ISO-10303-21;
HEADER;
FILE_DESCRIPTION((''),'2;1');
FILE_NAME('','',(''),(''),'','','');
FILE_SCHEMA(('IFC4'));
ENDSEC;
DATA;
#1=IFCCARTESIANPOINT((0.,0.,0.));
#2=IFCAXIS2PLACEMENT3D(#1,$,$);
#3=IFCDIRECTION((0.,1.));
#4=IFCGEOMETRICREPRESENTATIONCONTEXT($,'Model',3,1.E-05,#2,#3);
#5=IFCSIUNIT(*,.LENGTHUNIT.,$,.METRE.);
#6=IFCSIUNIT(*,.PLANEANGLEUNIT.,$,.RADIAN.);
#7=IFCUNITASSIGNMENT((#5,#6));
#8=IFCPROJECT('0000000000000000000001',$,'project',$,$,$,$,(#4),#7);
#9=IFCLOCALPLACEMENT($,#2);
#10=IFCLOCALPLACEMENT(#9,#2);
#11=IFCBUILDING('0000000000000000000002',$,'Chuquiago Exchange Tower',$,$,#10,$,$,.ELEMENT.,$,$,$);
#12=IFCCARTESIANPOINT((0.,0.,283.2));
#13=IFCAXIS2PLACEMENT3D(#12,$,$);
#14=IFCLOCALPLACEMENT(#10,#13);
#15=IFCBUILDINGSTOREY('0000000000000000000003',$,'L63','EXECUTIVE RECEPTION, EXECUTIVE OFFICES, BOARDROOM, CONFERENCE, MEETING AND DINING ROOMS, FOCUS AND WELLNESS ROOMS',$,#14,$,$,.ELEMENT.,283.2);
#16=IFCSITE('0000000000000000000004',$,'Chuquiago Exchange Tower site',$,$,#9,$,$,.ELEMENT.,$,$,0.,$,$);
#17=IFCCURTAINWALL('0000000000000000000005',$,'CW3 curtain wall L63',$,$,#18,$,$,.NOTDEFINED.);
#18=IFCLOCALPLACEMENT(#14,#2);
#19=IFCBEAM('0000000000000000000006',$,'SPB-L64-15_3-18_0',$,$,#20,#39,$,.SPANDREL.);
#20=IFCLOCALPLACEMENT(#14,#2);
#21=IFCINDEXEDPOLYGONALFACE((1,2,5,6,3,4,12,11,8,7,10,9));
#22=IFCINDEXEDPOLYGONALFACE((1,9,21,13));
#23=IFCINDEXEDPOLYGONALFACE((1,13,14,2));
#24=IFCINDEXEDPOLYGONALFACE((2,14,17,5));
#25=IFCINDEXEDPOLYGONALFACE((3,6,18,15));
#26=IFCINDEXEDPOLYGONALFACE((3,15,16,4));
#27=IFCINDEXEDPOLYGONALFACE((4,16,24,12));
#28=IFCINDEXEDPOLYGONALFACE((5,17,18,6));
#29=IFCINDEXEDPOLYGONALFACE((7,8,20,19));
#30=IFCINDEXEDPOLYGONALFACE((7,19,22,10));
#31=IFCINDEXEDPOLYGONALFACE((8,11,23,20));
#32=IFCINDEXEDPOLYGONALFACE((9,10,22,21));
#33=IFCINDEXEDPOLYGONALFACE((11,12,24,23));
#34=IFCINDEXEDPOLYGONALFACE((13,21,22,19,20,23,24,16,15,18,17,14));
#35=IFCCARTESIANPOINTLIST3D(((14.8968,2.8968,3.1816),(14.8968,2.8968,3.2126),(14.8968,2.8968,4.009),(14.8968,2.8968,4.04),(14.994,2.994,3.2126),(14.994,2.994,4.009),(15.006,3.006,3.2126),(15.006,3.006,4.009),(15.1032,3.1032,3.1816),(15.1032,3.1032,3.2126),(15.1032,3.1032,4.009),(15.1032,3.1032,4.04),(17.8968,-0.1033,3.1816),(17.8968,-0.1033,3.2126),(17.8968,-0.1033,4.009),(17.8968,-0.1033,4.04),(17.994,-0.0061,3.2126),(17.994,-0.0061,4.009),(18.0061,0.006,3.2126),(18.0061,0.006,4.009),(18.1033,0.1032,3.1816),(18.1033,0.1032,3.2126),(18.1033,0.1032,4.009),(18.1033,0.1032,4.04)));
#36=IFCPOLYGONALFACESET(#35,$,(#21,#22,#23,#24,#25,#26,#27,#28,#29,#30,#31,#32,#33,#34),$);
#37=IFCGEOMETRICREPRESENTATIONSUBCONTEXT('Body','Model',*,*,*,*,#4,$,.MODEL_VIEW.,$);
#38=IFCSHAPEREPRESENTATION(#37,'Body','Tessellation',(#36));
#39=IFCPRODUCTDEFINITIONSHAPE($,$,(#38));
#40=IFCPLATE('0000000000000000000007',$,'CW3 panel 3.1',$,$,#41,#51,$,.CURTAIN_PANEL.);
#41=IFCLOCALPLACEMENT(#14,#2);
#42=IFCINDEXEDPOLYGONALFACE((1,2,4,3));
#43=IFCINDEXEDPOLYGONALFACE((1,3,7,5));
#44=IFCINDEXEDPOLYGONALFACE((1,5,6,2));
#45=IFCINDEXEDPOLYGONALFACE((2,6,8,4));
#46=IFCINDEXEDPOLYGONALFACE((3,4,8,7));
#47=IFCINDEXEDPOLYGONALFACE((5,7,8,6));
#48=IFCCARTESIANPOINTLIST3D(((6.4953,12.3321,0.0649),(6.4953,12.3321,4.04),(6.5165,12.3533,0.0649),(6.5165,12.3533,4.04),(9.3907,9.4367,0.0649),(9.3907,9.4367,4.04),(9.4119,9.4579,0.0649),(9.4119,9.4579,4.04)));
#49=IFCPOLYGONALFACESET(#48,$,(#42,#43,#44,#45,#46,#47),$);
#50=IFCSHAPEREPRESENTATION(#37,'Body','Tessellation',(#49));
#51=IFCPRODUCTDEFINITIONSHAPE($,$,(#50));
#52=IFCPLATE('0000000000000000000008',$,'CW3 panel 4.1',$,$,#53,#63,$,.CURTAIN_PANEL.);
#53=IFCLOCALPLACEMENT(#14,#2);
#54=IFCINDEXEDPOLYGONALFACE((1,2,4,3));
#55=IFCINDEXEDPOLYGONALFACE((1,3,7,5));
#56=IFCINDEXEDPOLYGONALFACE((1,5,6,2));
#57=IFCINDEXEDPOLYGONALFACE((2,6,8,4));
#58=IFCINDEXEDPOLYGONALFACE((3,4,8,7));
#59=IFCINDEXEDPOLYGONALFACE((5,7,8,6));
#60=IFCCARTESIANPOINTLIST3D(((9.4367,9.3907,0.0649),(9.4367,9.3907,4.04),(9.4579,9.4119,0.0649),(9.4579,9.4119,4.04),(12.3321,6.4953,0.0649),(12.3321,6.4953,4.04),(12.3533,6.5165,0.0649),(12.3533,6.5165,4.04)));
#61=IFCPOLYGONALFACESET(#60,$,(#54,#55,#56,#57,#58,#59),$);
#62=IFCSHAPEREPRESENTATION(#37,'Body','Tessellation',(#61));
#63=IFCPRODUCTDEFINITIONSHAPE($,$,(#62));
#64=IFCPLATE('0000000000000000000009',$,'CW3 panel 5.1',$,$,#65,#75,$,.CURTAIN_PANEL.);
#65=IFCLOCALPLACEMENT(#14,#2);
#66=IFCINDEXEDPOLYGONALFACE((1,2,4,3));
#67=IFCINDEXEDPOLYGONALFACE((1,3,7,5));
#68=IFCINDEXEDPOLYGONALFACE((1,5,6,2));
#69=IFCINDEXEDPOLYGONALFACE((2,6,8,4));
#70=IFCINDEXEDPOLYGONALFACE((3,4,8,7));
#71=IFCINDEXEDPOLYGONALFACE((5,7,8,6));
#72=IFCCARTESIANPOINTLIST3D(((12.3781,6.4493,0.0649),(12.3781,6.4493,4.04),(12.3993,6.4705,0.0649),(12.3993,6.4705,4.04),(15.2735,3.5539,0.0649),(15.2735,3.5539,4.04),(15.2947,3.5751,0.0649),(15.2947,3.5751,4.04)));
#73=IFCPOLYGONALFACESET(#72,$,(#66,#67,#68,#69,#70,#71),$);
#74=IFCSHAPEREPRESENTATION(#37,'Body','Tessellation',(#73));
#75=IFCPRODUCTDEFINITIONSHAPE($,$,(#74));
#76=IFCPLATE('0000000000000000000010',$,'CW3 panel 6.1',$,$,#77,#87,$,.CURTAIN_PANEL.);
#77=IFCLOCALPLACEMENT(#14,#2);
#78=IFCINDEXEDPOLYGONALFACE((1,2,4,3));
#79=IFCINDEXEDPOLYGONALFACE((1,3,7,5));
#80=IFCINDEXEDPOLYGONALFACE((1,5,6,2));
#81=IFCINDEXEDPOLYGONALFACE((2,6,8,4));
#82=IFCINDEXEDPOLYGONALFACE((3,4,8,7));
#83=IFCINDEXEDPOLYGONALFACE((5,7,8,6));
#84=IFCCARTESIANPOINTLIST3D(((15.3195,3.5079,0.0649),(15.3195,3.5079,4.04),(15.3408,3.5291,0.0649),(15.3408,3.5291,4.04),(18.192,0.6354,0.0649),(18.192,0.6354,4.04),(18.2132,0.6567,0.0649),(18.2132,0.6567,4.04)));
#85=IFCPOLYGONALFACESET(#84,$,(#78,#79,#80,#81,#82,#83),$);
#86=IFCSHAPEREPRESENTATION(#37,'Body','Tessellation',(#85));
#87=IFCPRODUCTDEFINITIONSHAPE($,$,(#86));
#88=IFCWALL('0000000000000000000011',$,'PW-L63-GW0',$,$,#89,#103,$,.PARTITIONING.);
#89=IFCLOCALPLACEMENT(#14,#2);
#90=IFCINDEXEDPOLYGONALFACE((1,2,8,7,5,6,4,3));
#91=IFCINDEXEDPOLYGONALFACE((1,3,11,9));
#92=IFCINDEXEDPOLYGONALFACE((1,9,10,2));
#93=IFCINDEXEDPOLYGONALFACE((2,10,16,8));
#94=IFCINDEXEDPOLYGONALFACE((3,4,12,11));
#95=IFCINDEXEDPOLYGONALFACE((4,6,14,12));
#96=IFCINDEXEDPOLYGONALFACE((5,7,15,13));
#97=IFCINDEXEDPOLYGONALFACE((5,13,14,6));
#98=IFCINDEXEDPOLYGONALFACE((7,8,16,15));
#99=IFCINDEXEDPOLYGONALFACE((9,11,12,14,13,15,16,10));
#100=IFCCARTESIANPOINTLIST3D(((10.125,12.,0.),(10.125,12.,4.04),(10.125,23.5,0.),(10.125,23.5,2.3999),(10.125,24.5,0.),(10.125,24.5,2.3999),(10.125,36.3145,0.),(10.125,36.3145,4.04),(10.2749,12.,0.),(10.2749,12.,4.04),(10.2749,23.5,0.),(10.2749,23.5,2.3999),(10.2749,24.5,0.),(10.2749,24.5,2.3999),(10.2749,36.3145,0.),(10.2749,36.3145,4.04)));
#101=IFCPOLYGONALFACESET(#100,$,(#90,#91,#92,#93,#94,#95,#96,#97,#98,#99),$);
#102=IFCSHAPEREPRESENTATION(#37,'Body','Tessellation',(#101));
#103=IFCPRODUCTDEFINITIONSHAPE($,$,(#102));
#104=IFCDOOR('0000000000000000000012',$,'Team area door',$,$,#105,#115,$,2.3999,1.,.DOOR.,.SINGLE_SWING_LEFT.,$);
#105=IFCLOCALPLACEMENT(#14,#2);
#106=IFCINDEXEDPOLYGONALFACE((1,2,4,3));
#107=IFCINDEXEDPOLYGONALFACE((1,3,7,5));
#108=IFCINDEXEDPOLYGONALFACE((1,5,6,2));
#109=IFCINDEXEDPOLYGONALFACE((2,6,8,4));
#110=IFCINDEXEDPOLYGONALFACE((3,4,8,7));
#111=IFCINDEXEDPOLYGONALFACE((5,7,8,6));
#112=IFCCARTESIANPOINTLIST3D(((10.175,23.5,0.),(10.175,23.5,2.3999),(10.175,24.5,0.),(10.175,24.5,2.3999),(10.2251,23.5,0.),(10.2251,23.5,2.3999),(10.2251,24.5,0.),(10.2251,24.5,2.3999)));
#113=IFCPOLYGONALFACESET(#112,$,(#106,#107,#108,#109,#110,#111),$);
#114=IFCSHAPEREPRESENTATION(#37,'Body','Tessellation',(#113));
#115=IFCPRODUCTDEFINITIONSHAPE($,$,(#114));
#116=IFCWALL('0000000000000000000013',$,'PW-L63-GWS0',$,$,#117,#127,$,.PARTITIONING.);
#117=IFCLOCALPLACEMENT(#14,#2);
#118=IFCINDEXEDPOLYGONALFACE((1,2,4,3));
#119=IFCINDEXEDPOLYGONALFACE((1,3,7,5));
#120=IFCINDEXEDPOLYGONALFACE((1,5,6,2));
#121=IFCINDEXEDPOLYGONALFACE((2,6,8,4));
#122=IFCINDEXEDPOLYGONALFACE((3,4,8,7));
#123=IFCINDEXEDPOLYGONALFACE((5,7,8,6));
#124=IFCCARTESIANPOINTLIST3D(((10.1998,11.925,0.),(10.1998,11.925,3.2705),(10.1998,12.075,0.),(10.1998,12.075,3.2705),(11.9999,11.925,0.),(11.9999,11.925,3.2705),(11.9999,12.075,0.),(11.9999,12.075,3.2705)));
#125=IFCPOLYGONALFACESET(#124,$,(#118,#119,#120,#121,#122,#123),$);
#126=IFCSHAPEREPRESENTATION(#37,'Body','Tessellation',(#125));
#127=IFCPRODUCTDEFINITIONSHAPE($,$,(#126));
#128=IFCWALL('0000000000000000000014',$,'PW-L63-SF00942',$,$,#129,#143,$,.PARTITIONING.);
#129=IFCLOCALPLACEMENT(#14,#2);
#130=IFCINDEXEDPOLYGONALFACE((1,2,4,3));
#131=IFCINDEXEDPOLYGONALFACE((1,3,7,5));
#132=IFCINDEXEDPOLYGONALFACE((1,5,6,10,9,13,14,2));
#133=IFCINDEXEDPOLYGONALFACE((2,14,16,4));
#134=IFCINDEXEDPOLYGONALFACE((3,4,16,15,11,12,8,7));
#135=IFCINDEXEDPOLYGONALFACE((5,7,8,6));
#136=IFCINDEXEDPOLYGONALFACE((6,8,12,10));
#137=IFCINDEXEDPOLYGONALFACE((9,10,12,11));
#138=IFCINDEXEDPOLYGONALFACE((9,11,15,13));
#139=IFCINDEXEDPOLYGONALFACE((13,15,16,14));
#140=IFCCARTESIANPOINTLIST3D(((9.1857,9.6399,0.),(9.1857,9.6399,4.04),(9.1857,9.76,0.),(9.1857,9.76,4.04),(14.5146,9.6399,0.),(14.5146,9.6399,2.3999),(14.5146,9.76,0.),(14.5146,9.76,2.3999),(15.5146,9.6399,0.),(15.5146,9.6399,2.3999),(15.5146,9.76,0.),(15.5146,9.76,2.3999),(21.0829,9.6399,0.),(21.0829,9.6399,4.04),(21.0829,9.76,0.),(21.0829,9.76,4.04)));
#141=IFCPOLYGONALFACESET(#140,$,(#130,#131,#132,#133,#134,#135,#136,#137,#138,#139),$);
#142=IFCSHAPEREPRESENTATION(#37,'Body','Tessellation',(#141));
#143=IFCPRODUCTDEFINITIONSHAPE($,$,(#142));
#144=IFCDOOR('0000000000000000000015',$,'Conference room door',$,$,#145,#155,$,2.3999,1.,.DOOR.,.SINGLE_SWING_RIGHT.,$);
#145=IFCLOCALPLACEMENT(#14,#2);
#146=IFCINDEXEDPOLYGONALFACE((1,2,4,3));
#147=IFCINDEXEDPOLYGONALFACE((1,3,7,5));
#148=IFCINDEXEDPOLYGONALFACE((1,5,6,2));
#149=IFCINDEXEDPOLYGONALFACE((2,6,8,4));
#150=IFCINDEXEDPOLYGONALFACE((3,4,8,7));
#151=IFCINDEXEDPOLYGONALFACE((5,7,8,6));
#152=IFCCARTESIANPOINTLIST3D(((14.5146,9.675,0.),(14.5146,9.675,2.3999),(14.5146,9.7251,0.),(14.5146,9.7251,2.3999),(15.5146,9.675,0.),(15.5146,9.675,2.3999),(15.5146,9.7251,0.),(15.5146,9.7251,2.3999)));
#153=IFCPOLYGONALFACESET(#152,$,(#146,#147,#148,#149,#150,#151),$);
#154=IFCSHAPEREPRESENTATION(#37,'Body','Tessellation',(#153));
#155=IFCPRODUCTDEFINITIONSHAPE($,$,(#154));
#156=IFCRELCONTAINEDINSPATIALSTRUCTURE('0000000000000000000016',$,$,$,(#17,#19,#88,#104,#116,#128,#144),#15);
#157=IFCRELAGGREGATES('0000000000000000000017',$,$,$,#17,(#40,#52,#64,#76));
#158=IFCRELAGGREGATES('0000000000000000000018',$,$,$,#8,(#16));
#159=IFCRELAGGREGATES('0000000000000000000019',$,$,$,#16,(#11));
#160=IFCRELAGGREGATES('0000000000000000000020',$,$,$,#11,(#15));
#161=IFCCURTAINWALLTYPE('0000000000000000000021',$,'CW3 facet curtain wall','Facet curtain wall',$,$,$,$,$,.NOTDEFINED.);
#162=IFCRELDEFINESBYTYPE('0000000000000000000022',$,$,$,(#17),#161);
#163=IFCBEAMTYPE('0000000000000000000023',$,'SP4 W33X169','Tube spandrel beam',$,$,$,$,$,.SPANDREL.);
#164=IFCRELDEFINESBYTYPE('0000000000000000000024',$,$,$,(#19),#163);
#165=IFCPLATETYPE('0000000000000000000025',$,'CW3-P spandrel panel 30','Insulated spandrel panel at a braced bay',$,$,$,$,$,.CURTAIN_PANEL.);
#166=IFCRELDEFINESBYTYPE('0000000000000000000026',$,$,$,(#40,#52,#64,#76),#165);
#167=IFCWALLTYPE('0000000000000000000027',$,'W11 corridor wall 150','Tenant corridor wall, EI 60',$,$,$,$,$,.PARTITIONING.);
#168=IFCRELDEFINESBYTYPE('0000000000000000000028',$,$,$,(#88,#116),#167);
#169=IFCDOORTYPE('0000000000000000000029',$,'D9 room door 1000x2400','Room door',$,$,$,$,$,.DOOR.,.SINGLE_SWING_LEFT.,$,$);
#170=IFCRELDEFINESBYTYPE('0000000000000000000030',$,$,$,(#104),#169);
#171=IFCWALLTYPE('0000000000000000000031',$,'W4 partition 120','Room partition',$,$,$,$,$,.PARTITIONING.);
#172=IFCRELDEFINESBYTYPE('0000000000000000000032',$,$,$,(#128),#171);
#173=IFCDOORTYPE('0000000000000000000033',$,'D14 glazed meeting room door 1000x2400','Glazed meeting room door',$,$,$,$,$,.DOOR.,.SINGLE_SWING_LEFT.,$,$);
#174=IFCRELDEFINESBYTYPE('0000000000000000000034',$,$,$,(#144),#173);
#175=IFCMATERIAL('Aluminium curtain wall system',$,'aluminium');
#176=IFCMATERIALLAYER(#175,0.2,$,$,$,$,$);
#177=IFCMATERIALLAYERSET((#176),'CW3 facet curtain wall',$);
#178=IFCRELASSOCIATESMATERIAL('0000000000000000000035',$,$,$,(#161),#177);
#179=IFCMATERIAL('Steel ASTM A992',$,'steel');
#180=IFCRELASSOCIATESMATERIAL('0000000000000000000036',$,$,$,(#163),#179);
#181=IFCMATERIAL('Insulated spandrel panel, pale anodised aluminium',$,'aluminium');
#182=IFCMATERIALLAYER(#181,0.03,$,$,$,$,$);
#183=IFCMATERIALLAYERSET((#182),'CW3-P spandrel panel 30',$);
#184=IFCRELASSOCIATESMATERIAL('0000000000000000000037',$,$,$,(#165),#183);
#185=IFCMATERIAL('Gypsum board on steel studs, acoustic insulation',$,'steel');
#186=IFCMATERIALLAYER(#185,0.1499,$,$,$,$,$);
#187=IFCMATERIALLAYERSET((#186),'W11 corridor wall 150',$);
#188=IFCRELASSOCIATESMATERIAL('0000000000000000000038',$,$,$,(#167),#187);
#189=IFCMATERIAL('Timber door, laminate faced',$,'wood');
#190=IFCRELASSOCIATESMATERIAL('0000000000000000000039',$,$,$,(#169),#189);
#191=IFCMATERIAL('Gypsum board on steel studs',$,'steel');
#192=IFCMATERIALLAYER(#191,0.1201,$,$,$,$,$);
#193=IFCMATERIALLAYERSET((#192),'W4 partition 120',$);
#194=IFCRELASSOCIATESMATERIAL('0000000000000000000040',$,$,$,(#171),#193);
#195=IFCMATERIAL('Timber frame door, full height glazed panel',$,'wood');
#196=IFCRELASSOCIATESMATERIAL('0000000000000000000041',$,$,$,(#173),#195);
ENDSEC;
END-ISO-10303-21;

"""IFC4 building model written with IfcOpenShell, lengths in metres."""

from ifc_helpers import new_model, si_unit, direction, frame, frame_2d, origin, origin_2d, place, context, subcontext, project, spatial, rectangle, i_section, extrude, material, layer, layer_set, material_profile, profile_set, type_object, element, fill, aggregate, save


model = new_model("IFC4")

# Units and contexts
model_context = context("Model", 3, precision=1e-05, world=origin(), true_north=direction((0.0, 1.0)))
body_context = subcontext(model_context, "Body", "Model", "MODEL_VIEW")
ifc_project = project(units=[si_unit("LENGTHUNIT", "METRE"), si_unit("PLANEANGLEUNIT", "RADIAN")], contexts=[model_context])

# Site, building, storey
site_placement = place(None, origin())
site = spatial("IfcSite", under=ifc_project, at=site_placement, Name="Chuquiago Exchange Tower site", CompositionType="ELEMENT", RefElevation=0.0)
building_placement = place(site_placement, origin())
building = spatial("IfcBuilding", under=site, at=building_placement, Name="Chuquiago Exchange Tower", CompositionType="ELEMENT")
storey_placement = place(building_placement, frame((0.0, 0.0, 283.2)))
storey = spatial("IfcBuildingStorey", under=building, at=storey_placement, Name="L63", Description="EXECUTIVE RECEPTION, EXECUTIVE OFFICES, BOARDROOM, CONFERENCE, MEETING AND DINING ROOMS, FOCUS AND WELLNESS ROOMS", CompositionType="ELEMENT", Elevation=283.2)

# Curtain wall
ifc_material_1 = material(Name="Aluminium curtain wall system", Category="aluminium")
ifc_layer_1 = layer(ifc_material_1, 0.2)
ifc_layer_set_1 = layer_set([ifc_layer_1], Name="CW3 facet curtain wall")
curtain_wall_type = type_object("IfcCurtainWallType", Name="CW3 facet curtain wall", Description="Facet curtain wall", PredefinedType="NOTDEFINED", material=ifc_layer_set_1)
curtain_wall_placement = place(storey_placement, origin())
curtain_wall = element("IfcCurtainWall", 1, at=curtain_wall_placement, inside=storey, type_object=curtain_wall_type, Name="CW3 curtain wall L63", PredefinedType="NOTDEFINED")

# Beam
ifc_material_2 = material(Name="Steel ASTM A992", Category="steel")
ifc_material_profile_1 = material_profile(ifc_material_2, i_section(OverallWidth=0.292, OverallDepth=0.8584, WebThickness=0.0171, FlangeThickness=0.031, at=origin_2d()), Name="W33X169")
ifc_profile_set_1 = profile_set([ifc_material_profile_1], Name="Steel ASTM A992")
beam_type_1 = type_object("IfcBeamType", Name="SP4 W33X169", Description="Tube spandrel beam", PredefinedType="SPANDREL", material=ifc_profile_set_1)
for number, where, z_axis, x_axis, name in (
    (2, (15.0, 3.0, 3.6108), (0.707107, -0.707107, 0.0), (0.707107, 0.707107, 0.0), "SPB-L64-15_3-18_0"),
):
    element("IfcBeam", number, at=place(storey_placement, frame(where, z_axis=z_axis, x_axis=x_axis)), inside=storey, type_object=beam_type_1, Name=name, PredefinedType="SPANDREL", context=body_context, shape_type="SweptSolid", body=[
        extrude(i_section(OverallWidth=0.292, OverallDepth=0.8584, WebThickness=0.0171, FlangeThickness=0.031, at=origin_2d()), origin(), (0.0, 0.0, 1.0), 4.2427),
    ])

# Plates
ifc_material_3 = material(Name="Insulated spandrel panel, pale anodised aluminium", Category="aluminium")
ifc_layer_2 = layer(ifc_material_3, 0.03)
ifc_layer_set_2 = layer_set([ifc_layer_2], Name="CW3-P spandrel panel 30")
plate_type = type_object("IfcPlateType", Name="CW3-P spandrel panel 30", Description="Insulated spandrel panel at a braced bay", PredefinedType="CURTAIN_PANEL", material=ifc_layer_set_2)
plate_1_placement = place(storey_placement, frame((7.9536, 10.895, 0.0649), z_axis=(0.0, 0.0, 1.0), x_axis=(0.707107, -0.707107, 0.0)))
plate_1 = element("IfcPlate", 3, at=plate_1_placement, type_object=plate_type, Name="CW3 panel 3.1", PredefinedType="CURTAIN_PANEL", context=body_context, shape_type="SweptSolid", body=[
    extrude(rectangle(XDim=4.0947, YDim=0.03, at=origin_2d()), origin(), (0.0, 0.0, 1.0), 3.9751),
])
plate_2_placement = place(storey_placement, frame((10.895, 7.9536, 0.0649), z_axis=(0.0, 0.0, 1.0), x_axis=(0.707107, -0.707107, 0.0)))
plate_2 = element("IfcPlate", 4, at=plate_2_placement, type_object=plate_type, Name="CW3 panel 4.1", PredefinedType="CURTAIN_PANEL", context=body_context, shape_type="SweptSolid", body=[
    extrude(rectangle(XDim=4.0947, YDim=0.03, at=origin_2d()), origin(), (0.0, 0.0, 1.0), 3.9751),
])
plate_3_placement = place(storey_placement, frame((13.8364, 5.0122, 0.0649), z_axis=(0.0, 0.0, 1.0), x_axis=(0.707107, -0.707107, 0.0)))
plate_3 = element("IfcPlate", 5, at=plate_3_placement, type_object=plate_type, Name="CW3 panel 5.1", PredefinedType="CURTAIN_PANEL", context=body_context, shape_type="SweptSolid", body=[
    extrude(rectangle(XDim=4.0947, YDim=0.03, at=origin_2d()), origin(), (0.0, 0.0, 1.0), 3.9751),
])
plate_4_placement = place(storey_placement, frame((16.7664, 2.0823, 0.0649), z_axis=(0.0, 0.0, 1.0), x_axis=(0.707107, -0.707107, 0.0)))
plate_4 = element("IfcPlate", 6, at=plate_4_placement, type_object=plate_type, Name="CW3 panel 6.1", PredefinedType="CURTAIN_PANEL", context=body_context, shape_type="SweptSolid", body=[
    extrude(rectangle(XDim=4.0623, YDim=0.03, at=origin_2d()), origin(), (0.0, 0.0, 1.0), 3.9751),
])
aggregate(curtain_wall, [plate_1, plate_2, plate_3, plate_4])

# Wall, opening, door
ifc_material_4 = material(Name="Gypsum board on steel studs, acoustic insulation", Category="steel")
ifc_layer_3 = layer(ifc_material_4, 0.1499)
ifc_layer_set_3 = layer_set([ifc_layer_3], Name="W11 corridor wall 150")
wall_type_1 = type_object("IfcWallType", Name="W11 corridor wall 150", Description="Tenant corridor wall, EI 60", PredefinedType="PARTITIONING", material=ifc_layer_set_3)
wall_1_placement = place(storey_placement, frame((10.2, 12.0, 0.0), z_axis=(0.0, 0.0, 1.0), x_axis=(0.0, 1.0, 0.0)))
wall_1 = element("IfcWall", 7, at=wall_1_placement, inside=storey, type_object=wall_type_1, Name="PW-L63-GW0", PredefinedType="PARTITIONING", context=body_context, shape_type="SweptSolid", body=[
    extrude(rectangle(XDim=24.3145, YDim=0.1499, at=frame_2d((12.1572, 0.0))), origin(), (0.0, 0.0, 1.0), 4.04),
])
opening_1_placement = place(wall_1_placement, frame((11.5, 0.0, 0.0)))
opening_1 = element("IfcOpeningElement", 8, at=opening_1_placement, cuts=wall_1, PredefinedType="OPENING", context=body_context, shape_type="SweptSolid", body=[
    extrude(rectangle(XDim=1.0, YDim=2.3999, at=frame_2d((0.5, 1.2))), frame((0.0, 0.085, 0.0), z_axis=(0.0, -1.0, 0.0), x_axis=(1.0, 0.0, 0.0)), (0.0, 0.0, 1.0), 0.1699),
])
ifc_material_5 = material(Name="Timber door, laminate faced", Category="wood")
door_type_1 = type_object("IfcDoorType", Name="D9 room door 1000x2400", Description="Room door", OperationType="SINGLE_SWING_LEFT", PredefinedType="DOOR", material=ifc_material_5)
door_1_placement = place(opening_1_placement, origin())
door_1 = element("IfcDoor", 9, at=door_1_placement, inside=storey, type_object=door_type_1, Name="Team area door", OperationType="SINGLE_SWING_LEFT", OverallHeight=2.3999, OverallWidth=1.0, PredefinedType="DOOR", context=body_context, shape_type="SweptSolid", body=[
    extrude(rectangle(XDim=1.0, YDim=2.3999, at=frame_2d((0.5, 1.2))), frame((0.0, 0.0249, 0.0), z_axis=(0.0, -1.0, 0.0), x_axis=(1.0, 0.0, 0.0)), (0.0, 0.0, 1.0), 0.05),
])
fill(opening_1, door_1)

# Wall
wall_2_placement = place(storey_placement, frame((10.2, 12.0, 0.0), z_axis=(0.0, 0.0, 1.0), x_axis=(1.0, 0.0, 0.0)))
element("IfcWall", 10, at=wall_2_placement, inside=storey, type_object=wall_type_1, Name="PW-L63-GWS0", PredefinedType="PARTITIONING", context=body_context, shape_type="SweptSolid", body=[
    extrude(rectangle(XDim=1.8, YDim=0.1499, at=frame_2d((0.8999, 0.0))), origin(), (0.0, 0.0, 1.0), 3.2705),
])

# Wall, opening, door
ifc_material_6 = material(Name="Gypsum board on steel studs", Category="steel")
ifc_layer_4 = layer(ifc_material_6, 0.1201)
ifc_layer_set_4 = layer_set([ifc_layer_4], Name="W4 partition 120")
wall_type_2 = type_object("IfcWallType", Name="W4 partition 120", Description="Room partition", PredefinedType="PARTITIONING", material=ifc_layer_set_4)
wall_3_placement = place(storey_placement, frame((9.1855, 9.7, 0.0), z_axis=(0.0, 0.0, 1.0), x_axis=(1.0, 0.0, 0.0)))
wall_3 = element("IfcWall", 11, at=wall_3_placement, inside=storey, type_object=wall_type_2, Name="PW-L63-SF00942", PredefinedType="PARTITIONING", context=body_context, shape_type="SweptSolid", body=[
    extrude(rectangle(XDim=11.8972, YDim=0.1201, at=frame_2d((5.9487, 0.0))), origin(), (0.0, 0.0, 1.0), 4.04),
])
opening_2_placement = place(wall_3_placement, frame((5.3291, 0.0, 0.0)))
opening_2 = element("IfcOpeningElement", 12, at=opening_2_placement, cuts=wall_3, PredefinedType="OPENING", context=body_context, shape_type="SweptSolid", body=[
    extrude(rectangle(XDim=1.0, YDim=2.3999, at=frame_2d((0.5, 1.2))), frame((0.0, 0.0701, 0.0), z_axis=(0.0, -1.0, 0.0), x_axis=(1.0, 0.0, 0.0)), (0.0, 0.0, 1.0), 0.1401),
])
ifc_material_7 = material(Name="Timber frame door, full height glazed panel", Category="wood")
door_type_2 = type_object("IfcDoorType", Name="D14 glazed meeting room door 1000x2400", Description="Glazed meeting room door", OperationType="SINGLE_SWING_LEFT", PredefinedType="DOOR", material=ifc_material_7)
door_2_placement = place(opening_2_placement, frame((1.0, 0.0, 0.0), z_axis=(0.0, 0.0, 1.0), x_axis=(-1.0, 0.0, 0.0)))
door_2 = element("IfcDoor", 13, at=door_2_placement, inside=storey, type_object=door_type_2, Name="Conference room door", OperationType="SINGLE_SWING_RIGHT", OverallHeight=2.3999, OverallWidth=1.0, PredefinedType="DOOR", context=body_context, shape_type="SweptSolid", body=[
    extrude(rectangle(XDim=1.0, YDim=2.3999, at=frame_2d((0.5, 1.2))), frame((0.0, 0.0249, 0.0), z_axis=(0.0, -1.0, 0.0), x_axis=(1.0, 0.0, 0.0)), (0.0, 0.0, 1.0), 0.05),
])
fill(opening_2, door_2)

save(model, "model.ifc")
